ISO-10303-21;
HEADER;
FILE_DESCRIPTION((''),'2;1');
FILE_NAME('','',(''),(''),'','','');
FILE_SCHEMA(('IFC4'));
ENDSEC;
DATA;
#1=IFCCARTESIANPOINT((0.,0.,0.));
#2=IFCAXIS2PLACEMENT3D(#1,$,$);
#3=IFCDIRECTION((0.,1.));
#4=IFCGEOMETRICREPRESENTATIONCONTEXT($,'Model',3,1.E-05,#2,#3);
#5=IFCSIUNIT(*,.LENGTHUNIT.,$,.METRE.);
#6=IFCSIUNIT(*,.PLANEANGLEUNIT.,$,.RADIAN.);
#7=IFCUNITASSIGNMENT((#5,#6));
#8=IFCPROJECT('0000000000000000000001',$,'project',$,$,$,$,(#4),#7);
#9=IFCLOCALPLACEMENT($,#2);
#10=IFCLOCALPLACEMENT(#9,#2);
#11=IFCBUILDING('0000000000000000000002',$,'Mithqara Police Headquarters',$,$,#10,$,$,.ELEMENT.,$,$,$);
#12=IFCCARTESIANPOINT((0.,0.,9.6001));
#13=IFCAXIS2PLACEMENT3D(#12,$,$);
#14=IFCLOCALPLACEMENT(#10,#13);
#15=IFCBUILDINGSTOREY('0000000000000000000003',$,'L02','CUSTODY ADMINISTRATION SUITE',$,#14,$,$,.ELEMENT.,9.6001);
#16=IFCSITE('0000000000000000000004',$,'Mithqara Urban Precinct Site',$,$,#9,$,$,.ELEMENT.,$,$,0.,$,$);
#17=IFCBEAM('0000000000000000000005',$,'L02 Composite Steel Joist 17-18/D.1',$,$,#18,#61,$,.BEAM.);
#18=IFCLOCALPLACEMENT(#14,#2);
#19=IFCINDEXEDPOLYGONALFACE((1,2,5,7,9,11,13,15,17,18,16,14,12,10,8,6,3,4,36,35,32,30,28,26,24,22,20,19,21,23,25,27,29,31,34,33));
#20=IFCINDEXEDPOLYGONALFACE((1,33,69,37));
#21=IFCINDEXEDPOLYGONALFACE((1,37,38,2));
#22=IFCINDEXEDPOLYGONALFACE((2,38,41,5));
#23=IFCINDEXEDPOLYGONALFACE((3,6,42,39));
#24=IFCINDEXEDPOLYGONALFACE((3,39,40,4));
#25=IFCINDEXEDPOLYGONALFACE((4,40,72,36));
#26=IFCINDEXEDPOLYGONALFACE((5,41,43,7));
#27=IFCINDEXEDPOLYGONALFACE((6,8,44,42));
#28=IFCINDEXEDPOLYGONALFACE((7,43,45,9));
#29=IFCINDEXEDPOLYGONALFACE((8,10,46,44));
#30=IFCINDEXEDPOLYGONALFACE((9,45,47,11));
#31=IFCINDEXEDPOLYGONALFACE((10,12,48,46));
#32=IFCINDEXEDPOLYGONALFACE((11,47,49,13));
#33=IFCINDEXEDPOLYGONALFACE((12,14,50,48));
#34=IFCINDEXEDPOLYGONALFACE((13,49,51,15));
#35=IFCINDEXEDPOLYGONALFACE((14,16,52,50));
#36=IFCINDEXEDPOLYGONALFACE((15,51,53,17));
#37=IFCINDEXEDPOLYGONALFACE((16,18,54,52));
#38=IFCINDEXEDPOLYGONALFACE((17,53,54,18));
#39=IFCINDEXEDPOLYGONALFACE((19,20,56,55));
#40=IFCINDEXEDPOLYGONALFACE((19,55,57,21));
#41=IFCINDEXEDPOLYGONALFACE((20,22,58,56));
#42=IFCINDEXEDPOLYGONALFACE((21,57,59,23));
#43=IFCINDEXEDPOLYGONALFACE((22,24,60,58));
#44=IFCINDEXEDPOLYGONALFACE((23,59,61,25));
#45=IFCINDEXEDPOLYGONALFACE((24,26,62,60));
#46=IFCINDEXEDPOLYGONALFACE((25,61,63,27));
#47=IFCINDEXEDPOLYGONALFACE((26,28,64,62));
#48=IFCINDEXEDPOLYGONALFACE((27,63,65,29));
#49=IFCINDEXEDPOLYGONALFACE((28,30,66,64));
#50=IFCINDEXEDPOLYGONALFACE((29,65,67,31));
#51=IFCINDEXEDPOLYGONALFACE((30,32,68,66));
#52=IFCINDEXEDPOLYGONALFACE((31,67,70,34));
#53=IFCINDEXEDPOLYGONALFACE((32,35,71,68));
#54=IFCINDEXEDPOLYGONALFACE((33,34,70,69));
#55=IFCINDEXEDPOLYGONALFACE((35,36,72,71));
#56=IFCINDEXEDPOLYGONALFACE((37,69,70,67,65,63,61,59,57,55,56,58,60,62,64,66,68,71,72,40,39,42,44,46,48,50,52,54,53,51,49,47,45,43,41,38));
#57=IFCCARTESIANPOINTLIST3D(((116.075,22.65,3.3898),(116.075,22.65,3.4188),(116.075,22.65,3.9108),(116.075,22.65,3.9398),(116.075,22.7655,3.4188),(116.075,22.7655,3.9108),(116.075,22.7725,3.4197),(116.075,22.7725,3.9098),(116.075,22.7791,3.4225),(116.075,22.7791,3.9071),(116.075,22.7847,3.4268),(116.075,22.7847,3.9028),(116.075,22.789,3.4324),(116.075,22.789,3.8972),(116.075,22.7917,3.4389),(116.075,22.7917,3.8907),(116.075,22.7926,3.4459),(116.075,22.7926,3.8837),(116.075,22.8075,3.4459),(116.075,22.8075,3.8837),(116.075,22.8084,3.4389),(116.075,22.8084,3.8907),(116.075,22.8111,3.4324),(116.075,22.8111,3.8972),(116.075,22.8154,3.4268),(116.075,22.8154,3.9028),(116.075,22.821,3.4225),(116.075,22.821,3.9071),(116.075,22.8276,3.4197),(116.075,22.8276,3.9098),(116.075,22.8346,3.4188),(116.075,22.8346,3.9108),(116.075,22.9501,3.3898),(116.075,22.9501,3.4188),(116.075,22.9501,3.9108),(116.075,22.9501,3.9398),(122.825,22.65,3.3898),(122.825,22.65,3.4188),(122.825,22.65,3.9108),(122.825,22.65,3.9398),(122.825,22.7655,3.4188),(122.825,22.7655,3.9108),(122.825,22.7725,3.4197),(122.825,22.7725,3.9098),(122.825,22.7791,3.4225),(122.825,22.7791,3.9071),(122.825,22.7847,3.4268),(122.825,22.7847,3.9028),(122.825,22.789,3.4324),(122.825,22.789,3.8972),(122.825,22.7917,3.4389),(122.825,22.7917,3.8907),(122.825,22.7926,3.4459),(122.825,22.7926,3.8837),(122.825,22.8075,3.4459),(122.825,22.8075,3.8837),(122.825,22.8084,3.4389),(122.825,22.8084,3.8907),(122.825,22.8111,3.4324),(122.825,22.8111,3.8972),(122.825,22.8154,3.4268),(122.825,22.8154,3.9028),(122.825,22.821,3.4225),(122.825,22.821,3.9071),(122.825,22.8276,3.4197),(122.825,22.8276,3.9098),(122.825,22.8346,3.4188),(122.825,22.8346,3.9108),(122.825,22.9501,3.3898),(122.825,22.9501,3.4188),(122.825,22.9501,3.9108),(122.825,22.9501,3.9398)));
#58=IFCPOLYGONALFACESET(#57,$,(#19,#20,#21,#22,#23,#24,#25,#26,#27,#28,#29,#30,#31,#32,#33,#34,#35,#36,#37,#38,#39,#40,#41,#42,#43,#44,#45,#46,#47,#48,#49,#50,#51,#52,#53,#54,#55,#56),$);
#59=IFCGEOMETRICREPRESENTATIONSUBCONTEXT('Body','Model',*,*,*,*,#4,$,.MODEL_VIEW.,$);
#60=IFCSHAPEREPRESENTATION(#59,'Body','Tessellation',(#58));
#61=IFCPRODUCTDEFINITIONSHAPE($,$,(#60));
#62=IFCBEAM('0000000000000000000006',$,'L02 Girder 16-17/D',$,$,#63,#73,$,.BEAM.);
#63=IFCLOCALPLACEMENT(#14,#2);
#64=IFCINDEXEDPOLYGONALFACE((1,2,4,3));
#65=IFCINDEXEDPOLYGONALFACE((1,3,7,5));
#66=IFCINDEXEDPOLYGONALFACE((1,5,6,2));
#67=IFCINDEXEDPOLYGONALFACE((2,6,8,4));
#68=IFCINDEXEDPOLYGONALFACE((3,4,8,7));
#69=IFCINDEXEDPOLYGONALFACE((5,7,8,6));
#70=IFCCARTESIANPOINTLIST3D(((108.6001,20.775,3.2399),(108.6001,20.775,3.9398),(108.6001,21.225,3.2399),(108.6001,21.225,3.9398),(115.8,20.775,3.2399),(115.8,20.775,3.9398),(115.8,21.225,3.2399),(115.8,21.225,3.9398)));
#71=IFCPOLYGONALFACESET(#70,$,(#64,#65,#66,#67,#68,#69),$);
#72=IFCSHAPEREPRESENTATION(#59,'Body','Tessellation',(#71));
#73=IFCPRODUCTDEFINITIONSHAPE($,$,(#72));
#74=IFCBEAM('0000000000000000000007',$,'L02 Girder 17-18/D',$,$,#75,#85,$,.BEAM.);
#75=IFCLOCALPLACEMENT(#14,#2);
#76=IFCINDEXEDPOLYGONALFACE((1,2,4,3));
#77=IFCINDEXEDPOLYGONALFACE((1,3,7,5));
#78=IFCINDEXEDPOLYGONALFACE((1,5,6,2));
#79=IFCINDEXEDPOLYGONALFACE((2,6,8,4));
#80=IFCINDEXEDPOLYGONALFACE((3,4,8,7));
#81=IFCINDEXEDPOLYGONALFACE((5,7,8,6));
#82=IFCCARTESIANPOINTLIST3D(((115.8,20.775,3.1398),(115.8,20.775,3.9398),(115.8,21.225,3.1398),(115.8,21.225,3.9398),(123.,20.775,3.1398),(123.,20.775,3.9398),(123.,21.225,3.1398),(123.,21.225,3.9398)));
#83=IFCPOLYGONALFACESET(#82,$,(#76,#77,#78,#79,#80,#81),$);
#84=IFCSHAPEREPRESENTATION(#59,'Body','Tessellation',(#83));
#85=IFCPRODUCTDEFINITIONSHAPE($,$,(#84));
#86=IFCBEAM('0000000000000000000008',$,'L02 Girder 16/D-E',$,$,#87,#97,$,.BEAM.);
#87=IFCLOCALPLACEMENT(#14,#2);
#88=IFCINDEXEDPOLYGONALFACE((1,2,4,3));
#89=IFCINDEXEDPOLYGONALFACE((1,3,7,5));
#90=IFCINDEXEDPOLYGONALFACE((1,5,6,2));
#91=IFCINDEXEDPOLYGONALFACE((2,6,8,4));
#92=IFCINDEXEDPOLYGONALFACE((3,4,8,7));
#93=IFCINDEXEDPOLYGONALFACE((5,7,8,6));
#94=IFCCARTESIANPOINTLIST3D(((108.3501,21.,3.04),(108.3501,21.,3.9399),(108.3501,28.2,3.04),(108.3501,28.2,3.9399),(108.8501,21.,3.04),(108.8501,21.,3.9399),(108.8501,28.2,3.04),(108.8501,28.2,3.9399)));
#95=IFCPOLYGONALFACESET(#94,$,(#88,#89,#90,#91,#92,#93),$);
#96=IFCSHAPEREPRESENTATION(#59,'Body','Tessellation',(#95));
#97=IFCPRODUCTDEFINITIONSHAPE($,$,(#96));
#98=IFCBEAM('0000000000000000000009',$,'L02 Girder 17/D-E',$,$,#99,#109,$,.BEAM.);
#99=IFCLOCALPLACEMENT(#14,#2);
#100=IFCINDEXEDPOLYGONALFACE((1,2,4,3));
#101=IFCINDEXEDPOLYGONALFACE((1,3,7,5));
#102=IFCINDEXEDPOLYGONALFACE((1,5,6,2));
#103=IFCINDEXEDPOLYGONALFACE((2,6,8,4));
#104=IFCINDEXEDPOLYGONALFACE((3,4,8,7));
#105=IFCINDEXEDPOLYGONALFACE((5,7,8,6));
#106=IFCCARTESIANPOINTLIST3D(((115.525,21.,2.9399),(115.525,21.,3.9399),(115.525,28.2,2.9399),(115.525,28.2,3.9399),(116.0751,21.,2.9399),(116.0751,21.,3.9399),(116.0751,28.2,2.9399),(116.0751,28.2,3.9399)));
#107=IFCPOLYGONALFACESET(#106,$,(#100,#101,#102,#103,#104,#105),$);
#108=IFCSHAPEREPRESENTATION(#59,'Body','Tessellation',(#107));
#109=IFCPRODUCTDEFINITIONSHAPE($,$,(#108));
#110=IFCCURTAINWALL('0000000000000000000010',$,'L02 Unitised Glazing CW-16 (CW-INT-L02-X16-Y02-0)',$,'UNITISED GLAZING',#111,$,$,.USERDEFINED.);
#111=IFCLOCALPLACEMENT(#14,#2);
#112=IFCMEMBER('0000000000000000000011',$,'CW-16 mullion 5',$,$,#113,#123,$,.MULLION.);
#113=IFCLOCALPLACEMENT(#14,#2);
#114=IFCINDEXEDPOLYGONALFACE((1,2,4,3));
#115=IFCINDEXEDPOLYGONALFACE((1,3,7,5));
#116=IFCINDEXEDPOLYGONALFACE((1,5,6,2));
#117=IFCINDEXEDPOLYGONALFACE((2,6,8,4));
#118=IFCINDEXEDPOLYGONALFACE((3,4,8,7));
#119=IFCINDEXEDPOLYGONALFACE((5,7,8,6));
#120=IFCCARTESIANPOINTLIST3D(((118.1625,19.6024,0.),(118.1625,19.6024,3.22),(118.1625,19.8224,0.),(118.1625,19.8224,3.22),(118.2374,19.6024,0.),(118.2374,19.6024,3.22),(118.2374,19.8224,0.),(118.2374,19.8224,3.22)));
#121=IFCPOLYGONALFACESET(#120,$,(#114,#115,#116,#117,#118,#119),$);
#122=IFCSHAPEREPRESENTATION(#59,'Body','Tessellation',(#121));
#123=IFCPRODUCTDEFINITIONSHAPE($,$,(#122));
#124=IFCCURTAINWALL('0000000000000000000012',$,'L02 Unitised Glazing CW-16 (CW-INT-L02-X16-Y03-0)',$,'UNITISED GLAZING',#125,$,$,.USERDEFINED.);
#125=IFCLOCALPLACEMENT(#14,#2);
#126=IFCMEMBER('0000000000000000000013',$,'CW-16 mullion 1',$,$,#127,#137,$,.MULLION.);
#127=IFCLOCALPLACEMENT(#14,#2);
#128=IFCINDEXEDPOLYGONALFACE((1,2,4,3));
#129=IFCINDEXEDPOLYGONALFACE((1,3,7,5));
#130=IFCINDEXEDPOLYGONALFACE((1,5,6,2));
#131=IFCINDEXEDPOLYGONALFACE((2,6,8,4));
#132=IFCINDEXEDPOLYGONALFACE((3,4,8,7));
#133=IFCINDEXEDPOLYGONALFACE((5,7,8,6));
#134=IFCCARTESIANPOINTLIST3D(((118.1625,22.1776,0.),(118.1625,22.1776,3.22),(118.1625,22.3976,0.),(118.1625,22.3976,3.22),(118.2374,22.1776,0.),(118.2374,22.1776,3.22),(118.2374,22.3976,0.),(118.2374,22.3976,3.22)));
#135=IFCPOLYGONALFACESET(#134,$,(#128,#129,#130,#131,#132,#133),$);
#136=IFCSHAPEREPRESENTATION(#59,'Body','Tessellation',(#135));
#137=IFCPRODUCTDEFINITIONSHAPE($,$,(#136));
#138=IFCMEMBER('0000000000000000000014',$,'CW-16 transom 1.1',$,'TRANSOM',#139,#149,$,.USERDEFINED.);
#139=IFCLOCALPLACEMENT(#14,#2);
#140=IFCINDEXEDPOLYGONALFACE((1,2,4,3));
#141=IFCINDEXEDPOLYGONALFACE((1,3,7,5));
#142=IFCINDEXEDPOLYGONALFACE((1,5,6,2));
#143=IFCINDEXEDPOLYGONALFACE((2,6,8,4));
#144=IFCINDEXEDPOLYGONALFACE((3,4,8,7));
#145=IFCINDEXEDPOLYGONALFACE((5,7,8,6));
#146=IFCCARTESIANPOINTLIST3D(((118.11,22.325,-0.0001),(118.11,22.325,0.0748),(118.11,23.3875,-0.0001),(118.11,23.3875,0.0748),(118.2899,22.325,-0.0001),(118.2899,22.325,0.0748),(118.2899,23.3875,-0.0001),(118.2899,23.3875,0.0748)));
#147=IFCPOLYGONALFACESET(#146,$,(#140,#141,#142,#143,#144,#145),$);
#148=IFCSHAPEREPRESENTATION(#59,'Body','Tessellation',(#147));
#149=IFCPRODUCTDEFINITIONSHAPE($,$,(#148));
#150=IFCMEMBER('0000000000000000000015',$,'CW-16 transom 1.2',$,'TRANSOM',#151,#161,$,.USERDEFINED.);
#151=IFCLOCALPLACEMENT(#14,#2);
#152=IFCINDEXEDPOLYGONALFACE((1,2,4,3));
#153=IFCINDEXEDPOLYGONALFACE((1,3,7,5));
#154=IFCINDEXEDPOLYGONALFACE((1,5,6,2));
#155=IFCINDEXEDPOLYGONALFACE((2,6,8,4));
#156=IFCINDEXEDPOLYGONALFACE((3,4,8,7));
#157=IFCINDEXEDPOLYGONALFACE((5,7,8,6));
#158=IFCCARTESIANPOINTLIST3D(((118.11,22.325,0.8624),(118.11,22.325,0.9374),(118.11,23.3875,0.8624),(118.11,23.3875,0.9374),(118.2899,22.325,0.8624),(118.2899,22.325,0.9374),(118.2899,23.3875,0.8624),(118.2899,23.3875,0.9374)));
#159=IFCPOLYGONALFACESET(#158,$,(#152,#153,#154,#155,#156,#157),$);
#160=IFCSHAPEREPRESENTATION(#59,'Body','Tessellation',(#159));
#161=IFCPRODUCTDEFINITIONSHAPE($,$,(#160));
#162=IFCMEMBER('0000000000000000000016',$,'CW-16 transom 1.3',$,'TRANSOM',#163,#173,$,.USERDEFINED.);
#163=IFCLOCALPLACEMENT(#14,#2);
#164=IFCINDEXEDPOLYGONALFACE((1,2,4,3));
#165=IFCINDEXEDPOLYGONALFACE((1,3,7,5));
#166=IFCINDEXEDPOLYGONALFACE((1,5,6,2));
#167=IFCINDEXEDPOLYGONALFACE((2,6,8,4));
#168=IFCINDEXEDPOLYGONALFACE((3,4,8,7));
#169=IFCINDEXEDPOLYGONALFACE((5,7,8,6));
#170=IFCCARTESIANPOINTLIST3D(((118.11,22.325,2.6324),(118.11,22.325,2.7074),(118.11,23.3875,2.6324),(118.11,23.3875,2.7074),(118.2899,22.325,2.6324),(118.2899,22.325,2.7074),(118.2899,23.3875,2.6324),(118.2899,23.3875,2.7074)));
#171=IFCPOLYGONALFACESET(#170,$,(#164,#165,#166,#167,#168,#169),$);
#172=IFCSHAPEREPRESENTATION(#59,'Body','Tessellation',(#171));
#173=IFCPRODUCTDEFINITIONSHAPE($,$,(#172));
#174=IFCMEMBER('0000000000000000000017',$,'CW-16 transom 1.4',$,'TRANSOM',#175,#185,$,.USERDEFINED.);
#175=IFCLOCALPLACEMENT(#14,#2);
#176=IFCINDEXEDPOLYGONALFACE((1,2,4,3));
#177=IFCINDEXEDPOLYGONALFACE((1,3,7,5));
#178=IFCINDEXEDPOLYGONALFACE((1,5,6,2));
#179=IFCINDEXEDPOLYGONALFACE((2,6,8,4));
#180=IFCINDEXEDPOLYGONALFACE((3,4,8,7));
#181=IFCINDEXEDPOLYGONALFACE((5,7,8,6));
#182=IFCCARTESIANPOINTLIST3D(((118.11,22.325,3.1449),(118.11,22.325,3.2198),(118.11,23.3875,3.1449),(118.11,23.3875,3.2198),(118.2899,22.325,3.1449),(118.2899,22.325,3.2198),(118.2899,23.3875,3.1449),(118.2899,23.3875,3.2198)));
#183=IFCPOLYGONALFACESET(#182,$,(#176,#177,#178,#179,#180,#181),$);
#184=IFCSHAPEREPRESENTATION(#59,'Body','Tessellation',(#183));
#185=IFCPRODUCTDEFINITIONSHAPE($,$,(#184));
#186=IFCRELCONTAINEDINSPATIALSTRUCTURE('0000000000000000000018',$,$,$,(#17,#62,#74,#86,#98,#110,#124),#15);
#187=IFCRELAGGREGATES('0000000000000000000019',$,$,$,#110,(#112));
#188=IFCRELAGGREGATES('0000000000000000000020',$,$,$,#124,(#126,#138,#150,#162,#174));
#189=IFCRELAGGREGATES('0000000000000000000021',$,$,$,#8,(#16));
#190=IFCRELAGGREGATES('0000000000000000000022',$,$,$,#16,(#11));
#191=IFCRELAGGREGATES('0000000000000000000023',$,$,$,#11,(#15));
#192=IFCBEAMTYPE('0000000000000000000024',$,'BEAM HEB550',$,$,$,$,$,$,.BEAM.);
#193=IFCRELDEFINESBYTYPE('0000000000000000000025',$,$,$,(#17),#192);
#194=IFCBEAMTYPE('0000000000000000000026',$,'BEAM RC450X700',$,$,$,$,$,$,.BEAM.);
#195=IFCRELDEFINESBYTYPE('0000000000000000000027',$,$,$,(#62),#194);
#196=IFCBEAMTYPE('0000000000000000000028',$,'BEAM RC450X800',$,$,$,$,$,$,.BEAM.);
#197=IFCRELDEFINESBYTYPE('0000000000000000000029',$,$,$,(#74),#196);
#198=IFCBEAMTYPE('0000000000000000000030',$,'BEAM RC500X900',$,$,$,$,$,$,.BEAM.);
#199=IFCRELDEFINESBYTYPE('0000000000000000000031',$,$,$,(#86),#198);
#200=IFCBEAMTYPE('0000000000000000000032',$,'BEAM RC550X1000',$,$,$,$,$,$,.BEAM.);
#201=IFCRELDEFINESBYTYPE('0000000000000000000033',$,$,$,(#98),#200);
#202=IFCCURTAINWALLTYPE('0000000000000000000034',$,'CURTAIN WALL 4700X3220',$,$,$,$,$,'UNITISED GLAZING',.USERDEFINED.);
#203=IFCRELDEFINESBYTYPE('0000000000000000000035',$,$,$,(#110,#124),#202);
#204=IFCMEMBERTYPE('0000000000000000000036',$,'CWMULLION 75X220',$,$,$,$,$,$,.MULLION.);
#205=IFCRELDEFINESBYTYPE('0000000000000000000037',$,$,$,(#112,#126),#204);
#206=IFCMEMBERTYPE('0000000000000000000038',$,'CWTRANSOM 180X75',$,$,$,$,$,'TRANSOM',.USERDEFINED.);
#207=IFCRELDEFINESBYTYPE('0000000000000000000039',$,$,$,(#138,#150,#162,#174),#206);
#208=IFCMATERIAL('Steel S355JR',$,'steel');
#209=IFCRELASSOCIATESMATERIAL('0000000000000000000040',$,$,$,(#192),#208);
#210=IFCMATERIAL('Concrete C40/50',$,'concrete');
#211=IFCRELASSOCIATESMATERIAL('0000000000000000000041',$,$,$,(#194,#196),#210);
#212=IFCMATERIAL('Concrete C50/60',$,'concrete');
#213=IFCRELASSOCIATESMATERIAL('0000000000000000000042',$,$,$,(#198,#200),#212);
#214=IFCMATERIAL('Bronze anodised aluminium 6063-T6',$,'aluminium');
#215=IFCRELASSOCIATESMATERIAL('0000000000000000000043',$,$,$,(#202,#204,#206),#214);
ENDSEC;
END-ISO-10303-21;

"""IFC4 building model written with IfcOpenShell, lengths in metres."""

from ifc_helpers import new_model, si_unit, direction, frame, origin, origin_2d, place, context, subcontext, project, spatial, rectangle, i_section, extrude, material, material_profile, profile_set, type_object, element, aggregate, save


model = new_model("IFC4")

# Units and contexts
model_context = context("Model", 3, precision=1e-05, world=origin(), true_north=direction((0.0, 1.0)))
body_context = subcontext(model_context, "Body", "Model", "MODEL_VIEW")
ifc_project = project(units=[si_unit("LENGTHUNIT", "METRE"), si_unit("PLANEANGLEUNIT", "RADIAN")], contexts=[model_context])

# Site, building, storey
site_placement = place(None, origin())
site = spatial("IfcSite", under=ifc_project, at=site_placement, Name="Mithqara Urban Precinct Site", CompositionType="ELEMENT", RefElevation=0.0)
building_placement = place(site_placement, origin())
building = spatial("IfcBuilding", under=site, at=building_placement, Name="Mithqara Police Headquarters", CompositionType="ELEMENT")
storey_placement = place(building_placement, frame((0.0, 0.0, 9.6001)))
storey = spatial("IfcBuildingStorey", under=building, at=storey_placement, Name="L02", Description="CUSTODY ADMINISTRATION SUITE", CompositionType="ELEMENT", Elevation=9.6001)

# Shared definitions
ifc_material_1 = material(Name="Concrete C50/60", Category="concrete")

# Beams
ifc_material_2 = material(Name="Steel S355JR", Category="steel")
ifc_material_profile_1 = material_profile(ifc_material_2, i_section(OverallWidth=0.3, OverallDepth=0.55, WebThickness=0.0149, FlangeThickness=0.0291, FilletRadius=0.0271, at=origin_2d()), Name="HEB 550")
ifc_profile_set_1 = profile_set([ifc_material_profile_1], Name="Steel S355JR")
beam_type_1 = type_object("IfcBeamType", Name="BEAM HEB550", PredefinedType="BEAM", material=ifc_profile_set_1)
beam_1_placement = place(storey_placement, frame((116.075, 22.8, 3.6648), z_axis=(1.0, 0.0, 0.0), x_axis=(0.0, 1.0, 0.0)))
element("IfcBeam", 1, at=beam_1_placement, inside=storey, type_object=beam_type_1, Name="L02 Composite Steel Joist 17-18/D.1", PredefinedType="BEAM", context=body_context, shape_type="SweptSolid", body=[
    extrude(i_section(OverallWidth=0.3, OverallDepth=0.55, WebThickness=0.0149, FlangeThickness=0.0291, FilletRadius=0.0271, at=origin_2d()), origin(), (0.0, 0.0, 1.0), 6.75),
])
ifc_material_3 = material(Name="Concrete C40/50", Category="concrete")
ifc_material_profile_2 = material_profile(ifc_material_3, rectangle(XDim=0.45, YDim=0.7, at=origin_2d()), Name="RC 450x700")
ifc_profile_set_2 = profile_set([ifc_material_profile_2], Name="Concrete C40/50")
beam_type_2 = type_object("IfcBeamType", Name="BEAM RC450X700", PredefinedType="BEAM", material=ifc_profile_set_2)
beam_2_placement = place(storey_placement, frame((108.6001, 21.0, 3.5898), z_axis=(1.0, 0.0, 0.0), x_axis=(0.0, 1.0, 0.0)))
element("IfcBeam", 2, at=beam_2_placement, inside=storey, type_object=beam_type_2, Name="L02 Girder 16-17/D", PredefinedType="BEAM", context=body_context, shape_type="SweptSolid", body=[
    extrude(rectangle(XDim=0.45, YDim=0.7, at=origin_2d()), origin(), (0.0, 0.0, 1.0), 7.2),
])
ifc_material_profile_3 = material_profile(ifc_material_3, rectangle(XDim=0.45, YDim=0.8, at=origin_2d()), Name="RC 450x800")
ifc_profile_set_3 = profile_set([ifc_material_profile_3], Name="Concrete C40/50")
beam_type_3 = type_object("IfcBeamType", Name="BEAM RC450X800", PredefinedType="BEAM", material=ifc_profile_set_3)
beam_3_placement = place(storey_placement, frame((115.8, 21.0, 3.5398), z_axis=(1.0, 0.0, 0.0), x_axis=(0.0, 1.0, 0.0)))
element("IfcBeam", 3, at=beam_3_placement, inside=storey, type_object=beam_type_3, Name="L02 Girder 17-18/D", PredefinedType="BEAM", context=body_context, shape_type="SweptSolid", body=[
    extrude(rectangle(XDim=0.45, YDim=0.8, at=origin_2d()), origin(), (0.0, 0.0, 1.0), 7.2),
])
ifc_material_profile_4 = material_profile(ifc_material_1, rectangle(XDim=0.5, YDim=0.8999, at=origin_2d()), Name="RC 500x900")
ifc_profile_set_4 = profile_set([ifc_material_profile_4], Name="Concrete C50/60")
beam_type_4 = type_object("IfcBeamType", Name="BEAM RC500X900", PredefinedType="BEAM", material=ifc_profile_set_4)
beam_4_placement = place(storey_placement, frame((108.6001, 21.0, 3.49), z_axis=(0.0, 1.0, 0.0), x_axis=(-1.0, 0.0, 0.0)))
element("IfcBeam", 4, at=beam_4_placement, inside=storey, type_object=beam_type_4, Name="L02 Girder 16/D-E", PredefinedType="BEAM", context=body_context, shape_type="SweptSolid", body=[
    extrude(rectangle(XDim=0.5, YDim=0.8999, at=origin_2d()), origin(), (0.0, 0.0, 1.0), 7.2),
])
ifc_material_profile_5 = material_profile(ifc_material_1, rectangle(XDim=0.55, YDim=1.0, at=origin_2d()), Name="RC 550x1000")
ifc_profile_set_5 = profile_set([ifc_material_profile_5], Name="Concrete C50/60")
beam_type_5 = type_object("IfcBeamType", Name="BEAM RC550X1000", PredefinedType="BEAM", material=ifc_profile_set_5)
beam_5_placement = place(storey_placement, frame((115.8, 21.0, 3.4399), z_axis=(0.0, 1.0, 0.0), x_axis=(-1.0, 0.0, 0.0)))
element("IfcBeam", 5, at=beam_5_placement, inside=storey, type_object=beam_type_5, Name="L02 Girder 17/D-E", PredefinedType="BEAM", context=body_context, shape_type="SweptSolid", body=[
    extrude(rectangle(XDim=0.55, YDim=1.0, at=origin_2d()), origin(), (0.0, 0.0, 1.0), 7.2),
])

# Curtain wall, member
ifc_material_4 = material(Name="Bronze anodised aluminium 6063-T6", Category="aluminium")
curtain_wall_type = type_object("IfcCurtainWallType", Name="CURTAIN WALL 4700X3220", ElementType="UNITISED GLAZING", PredefinedType="USERDEFINED", material=ifc_material_4)
curtain_wall_1_placement = place(storey_placement, origin())
curtain_wall_1 = element("IfcCurtainWall", 6, at=curtain_wall_1_placement, inside=storey, type_object=curtain_wall_type, Name="L02 Unitised Glazing CW-16 (CW-INT-L02-X16-Y02-0)", ObjectType="UNITISED GLAZING", PredefinedType="USERDEFINED")
ifc_material_profile_6 = material_profile(ifc_material_4, rectangle(XDim=0.075, YDim=0.22, at=origin_2d()), Name="CWM 75x220")
ifc_profile_set_6 = profile_set([ifc_material_profile_6], Name="Bronze anodised aluminium 6063-T6")
member_type_1 = type_object("IfcMemberType", Name="CWMULLION 75X220", PredefinedType="MULLION", material=ifc_profile_set_6)
member_1_placement = place(storey_placement, frame((118.2, 19.7124, 0.0), z_axis=(0.0, 0.0, 1.0), x_axis=(-1.0, 0.0, 0.0)))
member_1 = element("IfcMember", 7, at=member_1_placement, type_object=member_type_1, Name="CW-16 mullion 5", PredefinedType="MULLION", context=body_context, shape_type="SweptSolid", body=[
    extrude(rectangle(XDim=0.075, YDim=0.22, at=origin_2d()), origin(), (0.0, 0.0, 1.0), 3.22),
])

# Curtain wall, members
curtain_wall_2_placement = place(storey_placement, origin())
curtain_wall_2 = element("IfcCurtainWall", 8, at=curtain_wall_2_placement, inside=storey, type_object=curtain_wall_type, Name="L02 Unitised Glazing CW-16 (CW-INT-L02-X16-Y03-0)", ObjectType="UNITISED GLAZING", PredefinedType="USERDEFINED")
member_2_placement = place(storey_placement, frame((118.2, 22.2876, 0.0), z_axis=(0.0, 0.0, 1.0), x_axis=(-1.0, 0.0, 0.0)))
member_2 = element("IfcMember", 9, at=member_2_placement, type_object=member_type_1, Name="CW-16 mullion 1", PredefinedType="MULLION", context=body_context, shape_type="SweptSolid", body=[
    extrude(rectangle(XDim=0.075, YDim=0.22, at=origin_2d()), origin(), (0.0, 0.0, 1.0), 3.22),
])
ifc_material_profile_7 = material_profile(ifc_material_4, rectangle(XDim=0.1799, YDim=0.075, at=origin_2d()), Name="CWT 180x75")
ifc_profile_set_7 = profile_set([ifc_material_profile_7], Name="Bronze anodised aluminium 6063-T6")
member_type_2 = type_object("IfcMemberType", Name="CWTRANSOM 180X75", ElementType="TRANSOM", PredefinedType="USERDEFINED", material=ifc_profile_set_7)
member_3_placement = place(storey_placement, frame((118.2, 22.325, 0.0374), z_axis=(0.0, 1.0, 0.0), x_axis=(-1.0, 0.0, 0.0)))
member_3 = element("IfcMember", 10, at=member_3_placement, type_object=member_type_2, Name="CW-16 transom 1.1", ObjectType="TRANSOM", PredefinedType="USERDEFINED", context=body_context, shape_type="SweptSolid", body=[
    extrude(rectangle(XDim=0.1799, YDim=0.075, at=origin_2d()), origin(), (0.0, 0.0, 1.0), 1.0625),
])
member_4_placement = place(storey_placement, frame((118.2, 22.325, 0.8999), z_axis=(0.0, 1.0, 0.0), x_axis=(-1.0, 0.0, 0.0)))
member_4 = element("IfcMember", 11, at=member_4_placement, type_object=member_type_2, Name="CW-16 transom 1.2", ObjectType="TRANSOM", PredefinedType="USERDEFINED", context=body_context, shape_type="SweptSolid", body=[
    extrude(rectangle(XDim=0.1799, YDim=0.075, at=origin_2d()), origin(), (0.0, 0.0, 1.0), 1.0625),
])
member_5_placement = place(storey_placement, frame((118.2, 22.325, 2.6699), z_axis=(0.0, 1.0, 0.0), x_axis=(-1.0, 0.0, 0.0)))
member_5 = element("IfcMember", 12, at=member_5_placement, type_object=member_type_2, Name="CW-16 transom 1.3", ObjectType="TRANSOM", PredefinedType="USERDEFINED", context=body_context, shape_type="SweptSolid", body=[
    extrude(rectangle(XDim=0.1799, YDim=0.075, at=origin_2d()), origin(), (0.0, 0.0, 1.0), 1.0625),
])
member_6_placement = place(storey_placement, frame((118.2, 22.325, 3.1824), z_axis=(0.0, 1.0, 0.0), x_axis=(-1.0, 0.0, 0.0)))
member_6 = element("IfcMember", 13, at=member_6_placement, type_object=member_type_2, Name="CW-16 transom 1.4", ObjectType="TRANSOM", PredefinedType="USERDEFINED", context=body_context, shape_type="SweptSolid", body=[
    extrude(rectangle(XDim=0.1799, YDim=0.075, at=origin_2d()), origin(), (0.0, 0.0, 1.0), 1.0625),
])

aggregate(curtain_wall_1, [member_1])
aggregate(curtain_wall_2, [member_2, member_3, member_4, member_5, member_6])

save(model, "model.ifc")
